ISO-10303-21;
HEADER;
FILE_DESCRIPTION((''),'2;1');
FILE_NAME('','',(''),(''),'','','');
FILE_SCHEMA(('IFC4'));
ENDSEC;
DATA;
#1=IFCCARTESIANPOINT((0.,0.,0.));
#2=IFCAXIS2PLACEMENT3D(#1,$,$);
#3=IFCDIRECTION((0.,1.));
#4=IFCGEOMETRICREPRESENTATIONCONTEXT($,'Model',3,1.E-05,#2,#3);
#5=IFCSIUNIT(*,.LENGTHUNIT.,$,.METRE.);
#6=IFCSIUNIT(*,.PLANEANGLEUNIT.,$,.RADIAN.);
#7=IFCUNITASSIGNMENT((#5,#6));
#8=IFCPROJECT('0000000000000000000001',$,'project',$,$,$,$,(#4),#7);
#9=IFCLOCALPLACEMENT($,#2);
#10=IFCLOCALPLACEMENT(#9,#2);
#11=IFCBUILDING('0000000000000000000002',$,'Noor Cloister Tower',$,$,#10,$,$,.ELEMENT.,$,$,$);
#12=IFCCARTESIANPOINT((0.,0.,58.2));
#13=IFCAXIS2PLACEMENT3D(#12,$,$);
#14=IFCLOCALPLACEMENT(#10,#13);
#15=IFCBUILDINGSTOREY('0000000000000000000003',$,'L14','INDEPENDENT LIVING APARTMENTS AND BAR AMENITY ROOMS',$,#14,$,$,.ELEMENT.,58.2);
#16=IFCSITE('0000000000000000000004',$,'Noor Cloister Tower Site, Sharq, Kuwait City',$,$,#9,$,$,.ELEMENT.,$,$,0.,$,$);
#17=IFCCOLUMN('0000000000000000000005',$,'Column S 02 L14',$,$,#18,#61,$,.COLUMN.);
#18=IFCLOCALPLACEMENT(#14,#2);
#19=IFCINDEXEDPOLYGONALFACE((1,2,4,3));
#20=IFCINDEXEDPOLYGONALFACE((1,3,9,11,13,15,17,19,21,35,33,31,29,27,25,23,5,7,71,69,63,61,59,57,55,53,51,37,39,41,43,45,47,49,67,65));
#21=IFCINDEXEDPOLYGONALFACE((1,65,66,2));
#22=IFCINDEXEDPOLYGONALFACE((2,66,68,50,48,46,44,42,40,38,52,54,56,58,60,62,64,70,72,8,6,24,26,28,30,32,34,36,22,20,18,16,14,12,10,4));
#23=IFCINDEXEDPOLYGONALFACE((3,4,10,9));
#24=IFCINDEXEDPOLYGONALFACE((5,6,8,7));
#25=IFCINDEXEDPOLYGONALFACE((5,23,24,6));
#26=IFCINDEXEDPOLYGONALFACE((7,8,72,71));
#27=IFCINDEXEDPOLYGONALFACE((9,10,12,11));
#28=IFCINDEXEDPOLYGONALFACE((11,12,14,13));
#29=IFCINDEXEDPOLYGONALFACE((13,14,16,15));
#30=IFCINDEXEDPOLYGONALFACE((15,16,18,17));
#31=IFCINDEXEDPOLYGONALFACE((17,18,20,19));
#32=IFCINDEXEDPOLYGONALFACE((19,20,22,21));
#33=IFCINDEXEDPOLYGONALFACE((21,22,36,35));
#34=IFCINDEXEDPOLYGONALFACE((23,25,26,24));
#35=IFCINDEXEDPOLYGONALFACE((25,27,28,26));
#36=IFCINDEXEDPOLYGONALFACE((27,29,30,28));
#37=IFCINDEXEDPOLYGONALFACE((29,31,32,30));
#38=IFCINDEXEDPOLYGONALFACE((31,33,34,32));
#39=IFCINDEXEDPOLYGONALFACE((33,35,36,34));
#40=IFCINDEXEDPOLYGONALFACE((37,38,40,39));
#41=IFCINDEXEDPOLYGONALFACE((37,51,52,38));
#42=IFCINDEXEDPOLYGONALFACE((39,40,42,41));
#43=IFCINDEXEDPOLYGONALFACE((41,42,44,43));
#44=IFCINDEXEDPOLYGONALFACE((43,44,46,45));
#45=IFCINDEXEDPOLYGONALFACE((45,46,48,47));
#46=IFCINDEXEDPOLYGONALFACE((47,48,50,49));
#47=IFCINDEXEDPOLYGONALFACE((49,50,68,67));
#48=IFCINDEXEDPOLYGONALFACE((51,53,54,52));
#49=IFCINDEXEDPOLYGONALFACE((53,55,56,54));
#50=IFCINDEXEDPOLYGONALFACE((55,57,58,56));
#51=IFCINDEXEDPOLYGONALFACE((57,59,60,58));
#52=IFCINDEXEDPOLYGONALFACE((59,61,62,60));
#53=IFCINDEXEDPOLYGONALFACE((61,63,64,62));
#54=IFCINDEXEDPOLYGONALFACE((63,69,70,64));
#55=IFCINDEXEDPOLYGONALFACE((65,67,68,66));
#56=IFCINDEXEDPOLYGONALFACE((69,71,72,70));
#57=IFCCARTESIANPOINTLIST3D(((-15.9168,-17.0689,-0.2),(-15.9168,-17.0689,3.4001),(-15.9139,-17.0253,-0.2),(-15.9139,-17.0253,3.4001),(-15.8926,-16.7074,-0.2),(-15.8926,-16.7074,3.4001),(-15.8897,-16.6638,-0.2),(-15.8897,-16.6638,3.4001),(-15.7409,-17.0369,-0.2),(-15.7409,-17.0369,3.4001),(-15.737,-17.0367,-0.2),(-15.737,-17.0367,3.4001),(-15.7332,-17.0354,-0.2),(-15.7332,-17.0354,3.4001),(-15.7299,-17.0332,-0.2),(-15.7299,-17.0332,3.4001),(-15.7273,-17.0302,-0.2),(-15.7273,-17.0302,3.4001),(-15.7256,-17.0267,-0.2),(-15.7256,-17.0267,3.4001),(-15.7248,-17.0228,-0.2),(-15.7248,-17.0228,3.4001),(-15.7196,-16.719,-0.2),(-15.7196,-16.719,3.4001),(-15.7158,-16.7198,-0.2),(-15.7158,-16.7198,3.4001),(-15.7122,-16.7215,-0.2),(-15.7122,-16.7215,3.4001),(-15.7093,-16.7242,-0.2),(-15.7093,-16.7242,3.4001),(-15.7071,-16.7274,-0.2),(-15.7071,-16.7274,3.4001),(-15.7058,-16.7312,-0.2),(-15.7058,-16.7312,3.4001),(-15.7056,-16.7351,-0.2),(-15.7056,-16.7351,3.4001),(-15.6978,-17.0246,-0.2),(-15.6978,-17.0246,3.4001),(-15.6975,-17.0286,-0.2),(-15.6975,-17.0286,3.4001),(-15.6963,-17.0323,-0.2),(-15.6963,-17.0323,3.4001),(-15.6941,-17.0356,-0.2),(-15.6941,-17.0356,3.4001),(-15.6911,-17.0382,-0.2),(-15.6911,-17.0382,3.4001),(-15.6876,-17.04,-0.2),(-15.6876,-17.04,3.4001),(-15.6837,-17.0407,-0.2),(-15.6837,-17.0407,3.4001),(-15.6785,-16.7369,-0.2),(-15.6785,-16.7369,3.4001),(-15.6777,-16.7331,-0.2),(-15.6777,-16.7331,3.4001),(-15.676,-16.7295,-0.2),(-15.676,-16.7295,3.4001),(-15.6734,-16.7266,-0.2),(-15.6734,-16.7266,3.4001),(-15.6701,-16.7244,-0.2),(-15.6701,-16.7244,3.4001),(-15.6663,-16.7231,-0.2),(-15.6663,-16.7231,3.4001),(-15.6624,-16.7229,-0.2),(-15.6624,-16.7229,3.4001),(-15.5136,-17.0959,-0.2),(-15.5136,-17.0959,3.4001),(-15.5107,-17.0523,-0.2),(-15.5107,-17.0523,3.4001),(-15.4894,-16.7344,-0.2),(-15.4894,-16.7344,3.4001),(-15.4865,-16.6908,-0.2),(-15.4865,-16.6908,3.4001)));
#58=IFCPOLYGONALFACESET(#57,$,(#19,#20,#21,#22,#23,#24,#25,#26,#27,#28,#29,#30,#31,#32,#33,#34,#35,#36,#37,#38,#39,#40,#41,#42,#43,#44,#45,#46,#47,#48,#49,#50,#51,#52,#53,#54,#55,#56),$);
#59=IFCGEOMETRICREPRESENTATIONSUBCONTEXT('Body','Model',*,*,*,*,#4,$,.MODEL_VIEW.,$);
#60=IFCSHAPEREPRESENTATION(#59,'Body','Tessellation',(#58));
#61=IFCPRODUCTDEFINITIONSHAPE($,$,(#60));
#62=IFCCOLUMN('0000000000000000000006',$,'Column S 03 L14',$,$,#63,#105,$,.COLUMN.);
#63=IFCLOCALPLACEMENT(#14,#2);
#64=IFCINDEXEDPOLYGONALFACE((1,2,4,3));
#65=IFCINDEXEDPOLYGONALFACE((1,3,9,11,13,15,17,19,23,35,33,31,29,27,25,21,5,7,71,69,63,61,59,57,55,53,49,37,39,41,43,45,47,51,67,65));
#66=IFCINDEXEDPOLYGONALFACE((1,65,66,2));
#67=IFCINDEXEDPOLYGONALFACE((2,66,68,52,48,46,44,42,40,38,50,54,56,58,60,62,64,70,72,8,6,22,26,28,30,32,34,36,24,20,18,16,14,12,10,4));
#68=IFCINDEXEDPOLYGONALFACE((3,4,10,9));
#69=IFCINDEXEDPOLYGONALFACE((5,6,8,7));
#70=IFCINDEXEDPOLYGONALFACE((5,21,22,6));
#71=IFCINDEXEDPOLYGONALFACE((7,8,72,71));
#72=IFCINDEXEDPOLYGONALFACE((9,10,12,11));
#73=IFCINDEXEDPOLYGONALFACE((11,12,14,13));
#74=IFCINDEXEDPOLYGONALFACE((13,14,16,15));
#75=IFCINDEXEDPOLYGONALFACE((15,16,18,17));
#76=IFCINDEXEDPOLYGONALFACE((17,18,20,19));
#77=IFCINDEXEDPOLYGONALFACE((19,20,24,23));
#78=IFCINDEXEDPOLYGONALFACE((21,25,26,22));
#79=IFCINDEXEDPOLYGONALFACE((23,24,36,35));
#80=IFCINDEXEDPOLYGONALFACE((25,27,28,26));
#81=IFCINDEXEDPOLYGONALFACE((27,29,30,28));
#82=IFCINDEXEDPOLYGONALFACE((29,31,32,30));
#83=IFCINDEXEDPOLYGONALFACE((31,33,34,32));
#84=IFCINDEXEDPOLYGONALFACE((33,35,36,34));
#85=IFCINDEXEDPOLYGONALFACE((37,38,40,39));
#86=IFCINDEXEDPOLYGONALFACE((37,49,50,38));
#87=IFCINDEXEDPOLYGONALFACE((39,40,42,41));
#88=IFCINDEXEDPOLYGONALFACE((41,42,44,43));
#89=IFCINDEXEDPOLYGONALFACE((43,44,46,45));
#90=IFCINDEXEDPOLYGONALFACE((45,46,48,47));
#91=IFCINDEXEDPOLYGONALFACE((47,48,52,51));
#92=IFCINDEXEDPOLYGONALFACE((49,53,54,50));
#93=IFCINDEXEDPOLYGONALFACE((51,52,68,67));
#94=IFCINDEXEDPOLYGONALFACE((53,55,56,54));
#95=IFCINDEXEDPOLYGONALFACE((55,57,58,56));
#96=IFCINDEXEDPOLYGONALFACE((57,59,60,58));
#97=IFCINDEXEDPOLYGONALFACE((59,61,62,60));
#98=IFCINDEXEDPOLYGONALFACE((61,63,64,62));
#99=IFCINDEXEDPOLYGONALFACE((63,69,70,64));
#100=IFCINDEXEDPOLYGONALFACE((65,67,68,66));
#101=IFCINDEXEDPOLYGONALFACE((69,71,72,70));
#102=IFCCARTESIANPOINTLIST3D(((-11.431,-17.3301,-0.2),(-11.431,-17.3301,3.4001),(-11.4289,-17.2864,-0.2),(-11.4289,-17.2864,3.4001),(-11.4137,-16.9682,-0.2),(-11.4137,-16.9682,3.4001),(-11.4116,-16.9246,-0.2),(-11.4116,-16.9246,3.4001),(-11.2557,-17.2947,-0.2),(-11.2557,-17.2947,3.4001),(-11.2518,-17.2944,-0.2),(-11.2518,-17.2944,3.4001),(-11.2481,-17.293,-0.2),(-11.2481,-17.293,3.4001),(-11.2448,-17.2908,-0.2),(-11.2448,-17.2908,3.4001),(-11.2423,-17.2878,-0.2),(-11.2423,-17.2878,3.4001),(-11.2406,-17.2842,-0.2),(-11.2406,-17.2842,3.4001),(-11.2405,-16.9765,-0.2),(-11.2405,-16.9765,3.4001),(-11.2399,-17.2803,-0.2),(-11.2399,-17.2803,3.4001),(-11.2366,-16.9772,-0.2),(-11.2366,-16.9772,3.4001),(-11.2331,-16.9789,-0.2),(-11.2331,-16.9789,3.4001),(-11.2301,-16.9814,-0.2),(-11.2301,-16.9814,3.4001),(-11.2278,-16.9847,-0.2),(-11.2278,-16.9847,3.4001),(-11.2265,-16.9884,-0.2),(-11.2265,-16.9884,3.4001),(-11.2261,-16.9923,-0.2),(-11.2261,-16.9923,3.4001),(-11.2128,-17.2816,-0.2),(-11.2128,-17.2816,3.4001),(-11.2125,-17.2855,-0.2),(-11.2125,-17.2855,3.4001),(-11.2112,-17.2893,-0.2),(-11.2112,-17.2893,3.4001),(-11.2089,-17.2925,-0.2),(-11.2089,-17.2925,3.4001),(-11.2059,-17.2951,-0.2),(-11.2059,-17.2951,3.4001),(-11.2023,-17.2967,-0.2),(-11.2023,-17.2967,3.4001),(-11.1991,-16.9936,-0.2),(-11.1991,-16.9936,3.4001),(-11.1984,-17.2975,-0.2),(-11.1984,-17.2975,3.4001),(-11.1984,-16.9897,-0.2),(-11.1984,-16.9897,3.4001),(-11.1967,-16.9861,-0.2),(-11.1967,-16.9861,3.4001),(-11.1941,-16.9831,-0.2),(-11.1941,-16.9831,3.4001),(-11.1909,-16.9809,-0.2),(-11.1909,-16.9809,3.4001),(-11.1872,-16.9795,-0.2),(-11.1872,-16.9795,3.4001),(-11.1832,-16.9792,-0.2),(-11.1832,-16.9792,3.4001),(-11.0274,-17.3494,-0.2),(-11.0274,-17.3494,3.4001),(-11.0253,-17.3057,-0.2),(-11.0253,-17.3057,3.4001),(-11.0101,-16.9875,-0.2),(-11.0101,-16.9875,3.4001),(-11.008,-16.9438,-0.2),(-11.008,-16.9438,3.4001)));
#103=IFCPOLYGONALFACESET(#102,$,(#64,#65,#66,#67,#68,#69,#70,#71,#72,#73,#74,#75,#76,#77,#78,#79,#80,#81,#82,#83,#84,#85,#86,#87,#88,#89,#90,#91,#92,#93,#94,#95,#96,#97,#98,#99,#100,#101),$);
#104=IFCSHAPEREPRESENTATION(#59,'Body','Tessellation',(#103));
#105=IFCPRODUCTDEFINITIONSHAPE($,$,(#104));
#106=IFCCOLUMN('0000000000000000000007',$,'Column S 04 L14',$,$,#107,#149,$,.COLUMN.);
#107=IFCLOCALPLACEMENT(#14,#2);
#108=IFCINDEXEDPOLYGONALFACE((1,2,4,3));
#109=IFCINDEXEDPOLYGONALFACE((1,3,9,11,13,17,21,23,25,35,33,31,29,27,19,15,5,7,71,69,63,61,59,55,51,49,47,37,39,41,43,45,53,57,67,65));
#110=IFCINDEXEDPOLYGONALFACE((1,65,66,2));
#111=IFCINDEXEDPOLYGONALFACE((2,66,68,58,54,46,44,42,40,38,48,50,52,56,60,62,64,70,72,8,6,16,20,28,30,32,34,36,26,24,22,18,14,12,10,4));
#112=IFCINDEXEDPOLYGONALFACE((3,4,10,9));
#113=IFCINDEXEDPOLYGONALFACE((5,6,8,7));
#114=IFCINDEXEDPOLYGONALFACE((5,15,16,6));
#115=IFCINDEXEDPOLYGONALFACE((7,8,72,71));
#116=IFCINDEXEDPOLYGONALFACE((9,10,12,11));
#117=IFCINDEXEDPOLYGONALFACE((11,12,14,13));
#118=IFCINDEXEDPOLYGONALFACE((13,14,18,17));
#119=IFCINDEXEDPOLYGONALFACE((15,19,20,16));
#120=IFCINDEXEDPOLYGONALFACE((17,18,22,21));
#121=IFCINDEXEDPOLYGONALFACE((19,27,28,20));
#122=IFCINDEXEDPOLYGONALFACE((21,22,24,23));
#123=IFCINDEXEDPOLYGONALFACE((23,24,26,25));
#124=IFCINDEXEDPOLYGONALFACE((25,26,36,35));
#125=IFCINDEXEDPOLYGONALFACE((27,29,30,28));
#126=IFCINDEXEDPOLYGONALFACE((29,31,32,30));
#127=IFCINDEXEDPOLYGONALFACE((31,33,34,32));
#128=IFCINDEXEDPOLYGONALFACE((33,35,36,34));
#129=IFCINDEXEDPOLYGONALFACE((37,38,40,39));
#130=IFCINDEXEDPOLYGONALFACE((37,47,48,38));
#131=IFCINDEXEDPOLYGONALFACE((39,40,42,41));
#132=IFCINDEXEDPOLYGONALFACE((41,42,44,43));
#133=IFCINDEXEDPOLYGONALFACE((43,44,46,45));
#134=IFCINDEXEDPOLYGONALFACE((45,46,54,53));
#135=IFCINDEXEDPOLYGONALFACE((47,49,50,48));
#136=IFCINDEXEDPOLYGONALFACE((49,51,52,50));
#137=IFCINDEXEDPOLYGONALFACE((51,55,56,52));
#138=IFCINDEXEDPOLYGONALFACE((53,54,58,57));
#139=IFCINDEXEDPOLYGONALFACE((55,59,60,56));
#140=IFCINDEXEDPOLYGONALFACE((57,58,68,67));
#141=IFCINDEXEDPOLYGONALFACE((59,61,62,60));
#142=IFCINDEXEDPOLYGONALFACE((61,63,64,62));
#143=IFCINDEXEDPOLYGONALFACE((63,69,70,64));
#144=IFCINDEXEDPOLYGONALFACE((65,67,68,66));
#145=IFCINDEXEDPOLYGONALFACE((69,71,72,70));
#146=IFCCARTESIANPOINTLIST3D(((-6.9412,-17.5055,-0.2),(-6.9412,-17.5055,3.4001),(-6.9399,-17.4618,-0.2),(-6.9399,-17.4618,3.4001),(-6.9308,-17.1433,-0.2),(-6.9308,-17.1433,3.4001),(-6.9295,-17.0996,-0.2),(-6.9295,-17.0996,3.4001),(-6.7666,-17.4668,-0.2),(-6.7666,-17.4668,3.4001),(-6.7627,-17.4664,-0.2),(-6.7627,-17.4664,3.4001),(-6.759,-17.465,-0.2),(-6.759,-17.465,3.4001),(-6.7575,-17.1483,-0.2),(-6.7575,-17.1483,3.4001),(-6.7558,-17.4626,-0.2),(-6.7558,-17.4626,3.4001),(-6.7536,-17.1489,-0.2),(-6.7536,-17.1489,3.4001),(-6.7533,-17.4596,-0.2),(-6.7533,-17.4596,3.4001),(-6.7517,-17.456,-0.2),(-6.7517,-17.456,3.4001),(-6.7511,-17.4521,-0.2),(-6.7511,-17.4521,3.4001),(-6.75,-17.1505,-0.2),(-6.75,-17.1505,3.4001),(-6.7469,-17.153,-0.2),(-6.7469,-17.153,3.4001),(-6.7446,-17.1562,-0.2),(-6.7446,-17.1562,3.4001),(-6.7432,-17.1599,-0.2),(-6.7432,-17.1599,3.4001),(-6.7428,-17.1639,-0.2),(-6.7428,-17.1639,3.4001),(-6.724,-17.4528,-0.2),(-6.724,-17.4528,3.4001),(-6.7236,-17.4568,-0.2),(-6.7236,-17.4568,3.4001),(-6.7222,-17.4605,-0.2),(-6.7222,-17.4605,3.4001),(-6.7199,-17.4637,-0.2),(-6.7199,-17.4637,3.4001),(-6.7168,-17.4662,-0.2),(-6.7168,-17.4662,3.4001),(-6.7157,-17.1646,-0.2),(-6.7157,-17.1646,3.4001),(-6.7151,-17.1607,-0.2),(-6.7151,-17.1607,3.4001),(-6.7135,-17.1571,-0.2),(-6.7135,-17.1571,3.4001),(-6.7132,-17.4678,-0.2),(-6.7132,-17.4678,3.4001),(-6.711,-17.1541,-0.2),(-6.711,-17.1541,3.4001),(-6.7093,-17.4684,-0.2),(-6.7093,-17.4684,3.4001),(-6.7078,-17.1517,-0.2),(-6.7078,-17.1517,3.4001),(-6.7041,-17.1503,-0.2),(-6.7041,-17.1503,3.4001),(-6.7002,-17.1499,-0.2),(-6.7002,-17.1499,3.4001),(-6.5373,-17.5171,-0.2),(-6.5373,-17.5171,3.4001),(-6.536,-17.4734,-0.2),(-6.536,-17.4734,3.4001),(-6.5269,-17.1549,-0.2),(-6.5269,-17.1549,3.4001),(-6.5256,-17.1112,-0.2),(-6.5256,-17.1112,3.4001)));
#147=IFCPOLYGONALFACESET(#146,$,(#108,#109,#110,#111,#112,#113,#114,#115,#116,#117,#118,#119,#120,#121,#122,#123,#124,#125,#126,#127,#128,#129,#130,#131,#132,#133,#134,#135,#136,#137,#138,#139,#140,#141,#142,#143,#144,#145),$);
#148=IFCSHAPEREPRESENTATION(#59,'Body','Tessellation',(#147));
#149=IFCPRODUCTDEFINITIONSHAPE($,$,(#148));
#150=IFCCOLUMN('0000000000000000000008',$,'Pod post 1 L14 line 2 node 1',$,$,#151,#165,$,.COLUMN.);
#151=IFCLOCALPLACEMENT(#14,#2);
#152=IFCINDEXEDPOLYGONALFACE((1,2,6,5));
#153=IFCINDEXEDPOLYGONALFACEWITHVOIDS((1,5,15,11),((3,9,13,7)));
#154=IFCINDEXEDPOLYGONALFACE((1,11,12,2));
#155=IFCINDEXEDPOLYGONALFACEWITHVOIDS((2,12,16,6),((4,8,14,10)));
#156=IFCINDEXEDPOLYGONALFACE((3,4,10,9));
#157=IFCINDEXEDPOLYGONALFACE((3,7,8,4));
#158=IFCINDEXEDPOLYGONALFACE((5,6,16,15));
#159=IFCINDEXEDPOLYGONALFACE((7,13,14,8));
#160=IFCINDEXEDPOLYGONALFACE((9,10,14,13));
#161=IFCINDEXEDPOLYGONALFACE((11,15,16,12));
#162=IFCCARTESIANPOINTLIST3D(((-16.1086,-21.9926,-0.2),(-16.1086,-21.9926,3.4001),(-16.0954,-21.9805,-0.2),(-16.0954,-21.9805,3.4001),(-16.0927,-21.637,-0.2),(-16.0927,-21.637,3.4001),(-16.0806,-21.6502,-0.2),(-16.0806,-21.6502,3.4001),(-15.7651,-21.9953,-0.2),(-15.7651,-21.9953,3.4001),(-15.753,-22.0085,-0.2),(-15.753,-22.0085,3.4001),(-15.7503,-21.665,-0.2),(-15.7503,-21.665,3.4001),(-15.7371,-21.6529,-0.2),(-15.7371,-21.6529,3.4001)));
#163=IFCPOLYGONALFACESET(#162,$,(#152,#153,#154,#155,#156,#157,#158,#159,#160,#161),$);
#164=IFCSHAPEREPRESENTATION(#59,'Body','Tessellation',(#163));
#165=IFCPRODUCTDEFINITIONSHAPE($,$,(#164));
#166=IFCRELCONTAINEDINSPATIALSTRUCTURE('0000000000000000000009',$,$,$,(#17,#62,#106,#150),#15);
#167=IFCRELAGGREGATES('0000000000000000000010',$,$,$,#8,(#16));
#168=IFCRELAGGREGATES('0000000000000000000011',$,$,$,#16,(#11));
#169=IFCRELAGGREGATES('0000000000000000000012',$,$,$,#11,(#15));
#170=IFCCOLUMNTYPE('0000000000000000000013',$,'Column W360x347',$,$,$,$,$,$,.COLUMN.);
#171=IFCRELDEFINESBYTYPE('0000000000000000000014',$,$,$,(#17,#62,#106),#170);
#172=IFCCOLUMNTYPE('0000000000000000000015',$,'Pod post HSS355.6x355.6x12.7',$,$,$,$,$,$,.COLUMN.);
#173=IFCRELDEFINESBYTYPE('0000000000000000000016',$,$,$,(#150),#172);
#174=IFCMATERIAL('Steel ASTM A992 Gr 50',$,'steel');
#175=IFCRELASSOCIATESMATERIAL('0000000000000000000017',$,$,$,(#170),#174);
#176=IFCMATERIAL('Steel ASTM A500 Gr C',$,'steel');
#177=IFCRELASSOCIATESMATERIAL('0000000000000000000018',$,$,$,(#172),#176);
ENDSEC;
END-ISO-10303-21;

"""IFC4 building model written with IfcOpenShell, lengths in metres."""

from ifc_helpers import new_model, si_unit, direction, frame, origin, origin_2d, place, context, subcontext, project, spatial, hollow_rectangle, i_section, extrude, material, material_profile, profile_set, type_object, element, save


model = new_model("IFC4")

# Units and contexts
model_context = context("Model", 3, precision=1e-05, world=origin(), true_north=direction((0.0, 1.0)))
body_context = subcontext(model_context, "Body", "Model", "MODEL_VIEW")
ifc_project = project(units=[si_unit("LENGTHUNIT", "METRE"), si_unit("PLANEANGLEUNIT", "RADIAN")], contexts=[model_context])

# Site, building, storey
site_placement = place(None, origin())
site = spatial("IfcSite", under=ifc_project, at=site_placement, Name="Noor Cloister Tower Site, Sharq, Kuwait City", CompositionType="ELEMENT", RefElevation=0.0)
building_placement = place(site_placement, origin())
building = spatial("IfcBuilding", under=site, at=building_placement, Name="Noor Cloister Tower", CompositionType="ELEMENT")
storey_placement = place(building_placement, frame((0.0, 0.0, 58.2)))
storey = spatial("IfcBuildingStorey", under=building, at=storey_placement, Name="L14", Description="INDEPENDENT LIVING APARTMENTS AND BAR AMENITY ROOMS", CompositionType="ELEMENT", Elevation=58.2)

# Columns
ifc_material_1 = material(Name="Steel ASTM A992 Gr 50", Category="steel")
ifc_material_profile_1 = material_profile(ifc_material_1, i_section(OverallWidth=0.4041, OverallDepth=0.406, WebThickness=0.0271, FlangeThickness=0.0437, FilletRadius=0.0151, at=origin_2d()), Name="W360x347")
ifc_profile_set_1 = profile_set([ifc_material_profile_1], Name="Steel ASTM A992 Gr 50")
column_type_1 = type_object("IfcColumnType", Name="Column W360x347", PredefinedType="COLUMN", material=ifc_profile_set_1)
for number, where, z_axis, x_axis, name in (
    (1, (-15.7017, -16.8799, -0.2), (0.0, 0.0, 1.0), (0.997767, -0.066787, 0.0), "Column S 02 L14"),
    (2, (-11.2195, -17.137, -0.2), (0.0, 0.0, 1.0), (0.998861, -0.047723, 0.0), "Column S 03 L14"),
    (3, (-6.7334, -17.3083, -0.2), (0.0, 0.0, 1.0), (0.99959, -0.028641, 0.0), "Column S 04 L14"),
):
    element("IfcColumn", number, at=place(storey_placement, frame(where, z_axis=z_axis, x_axis=x_axis)), inside=storey, type_object=column_type_1, Name=name, PredefinedType="COLUMN", context=body_context, shape_type="SweptSolid", body=[
        extrude(i_section(OverallWidth=0.4041, OverallDepth=0.406, WebThickness=0.0271, FlangeThickness=0.0437, FilletRadius=0.0151, at=origin_2d()), origin(), (0.0, 0.0, 1.0), 3.6001),
    ])
ifc_material_2 = material(Name="Steel ASTM A500 Gr C", Category="steel")
ifc_material_profile_2 = material_profile(ifc_material_2, hollow_rectangle(XDim=0.356, YDim=0.356, WallThickness=0.0127, at=origin_2d()), Name="HSS355.6x355.6x12.7")
ifc_profile_set_2 = profile_set([ifc_material_profile_2], Name="Steel ASTM A500 Gr C")
column_type_2 = type_object("IfcColumnType", Name="Pod post HSS355.6x355.6x12.7", PredefinedType="COLUMN", material=ifc_profile_set_2)
column_placement = place(storey_placement, frame((-15.9229, -21.8228, -0.2), z_axis=(0.0, 0.0, 1.0), x_axis=(-0.044724, -0.998999, 0.0)))
element("IfcColumn", 4, at=column_placement, inside=storey, type_object=column_type_2, Name="Pod post 1 L14 line 2 node 1", PredefinedType="COLUMN", context=body_context, shape_type="SweptSolid", body=[
    extrude(hollow_rectangle(XDim=0.356, YDim=0.356, WallThickness=0.0127, at=origin_2d()), origin(), (0.0, 0.0, 1.0), 3.6001),
])

save(model, "model.ifc")
